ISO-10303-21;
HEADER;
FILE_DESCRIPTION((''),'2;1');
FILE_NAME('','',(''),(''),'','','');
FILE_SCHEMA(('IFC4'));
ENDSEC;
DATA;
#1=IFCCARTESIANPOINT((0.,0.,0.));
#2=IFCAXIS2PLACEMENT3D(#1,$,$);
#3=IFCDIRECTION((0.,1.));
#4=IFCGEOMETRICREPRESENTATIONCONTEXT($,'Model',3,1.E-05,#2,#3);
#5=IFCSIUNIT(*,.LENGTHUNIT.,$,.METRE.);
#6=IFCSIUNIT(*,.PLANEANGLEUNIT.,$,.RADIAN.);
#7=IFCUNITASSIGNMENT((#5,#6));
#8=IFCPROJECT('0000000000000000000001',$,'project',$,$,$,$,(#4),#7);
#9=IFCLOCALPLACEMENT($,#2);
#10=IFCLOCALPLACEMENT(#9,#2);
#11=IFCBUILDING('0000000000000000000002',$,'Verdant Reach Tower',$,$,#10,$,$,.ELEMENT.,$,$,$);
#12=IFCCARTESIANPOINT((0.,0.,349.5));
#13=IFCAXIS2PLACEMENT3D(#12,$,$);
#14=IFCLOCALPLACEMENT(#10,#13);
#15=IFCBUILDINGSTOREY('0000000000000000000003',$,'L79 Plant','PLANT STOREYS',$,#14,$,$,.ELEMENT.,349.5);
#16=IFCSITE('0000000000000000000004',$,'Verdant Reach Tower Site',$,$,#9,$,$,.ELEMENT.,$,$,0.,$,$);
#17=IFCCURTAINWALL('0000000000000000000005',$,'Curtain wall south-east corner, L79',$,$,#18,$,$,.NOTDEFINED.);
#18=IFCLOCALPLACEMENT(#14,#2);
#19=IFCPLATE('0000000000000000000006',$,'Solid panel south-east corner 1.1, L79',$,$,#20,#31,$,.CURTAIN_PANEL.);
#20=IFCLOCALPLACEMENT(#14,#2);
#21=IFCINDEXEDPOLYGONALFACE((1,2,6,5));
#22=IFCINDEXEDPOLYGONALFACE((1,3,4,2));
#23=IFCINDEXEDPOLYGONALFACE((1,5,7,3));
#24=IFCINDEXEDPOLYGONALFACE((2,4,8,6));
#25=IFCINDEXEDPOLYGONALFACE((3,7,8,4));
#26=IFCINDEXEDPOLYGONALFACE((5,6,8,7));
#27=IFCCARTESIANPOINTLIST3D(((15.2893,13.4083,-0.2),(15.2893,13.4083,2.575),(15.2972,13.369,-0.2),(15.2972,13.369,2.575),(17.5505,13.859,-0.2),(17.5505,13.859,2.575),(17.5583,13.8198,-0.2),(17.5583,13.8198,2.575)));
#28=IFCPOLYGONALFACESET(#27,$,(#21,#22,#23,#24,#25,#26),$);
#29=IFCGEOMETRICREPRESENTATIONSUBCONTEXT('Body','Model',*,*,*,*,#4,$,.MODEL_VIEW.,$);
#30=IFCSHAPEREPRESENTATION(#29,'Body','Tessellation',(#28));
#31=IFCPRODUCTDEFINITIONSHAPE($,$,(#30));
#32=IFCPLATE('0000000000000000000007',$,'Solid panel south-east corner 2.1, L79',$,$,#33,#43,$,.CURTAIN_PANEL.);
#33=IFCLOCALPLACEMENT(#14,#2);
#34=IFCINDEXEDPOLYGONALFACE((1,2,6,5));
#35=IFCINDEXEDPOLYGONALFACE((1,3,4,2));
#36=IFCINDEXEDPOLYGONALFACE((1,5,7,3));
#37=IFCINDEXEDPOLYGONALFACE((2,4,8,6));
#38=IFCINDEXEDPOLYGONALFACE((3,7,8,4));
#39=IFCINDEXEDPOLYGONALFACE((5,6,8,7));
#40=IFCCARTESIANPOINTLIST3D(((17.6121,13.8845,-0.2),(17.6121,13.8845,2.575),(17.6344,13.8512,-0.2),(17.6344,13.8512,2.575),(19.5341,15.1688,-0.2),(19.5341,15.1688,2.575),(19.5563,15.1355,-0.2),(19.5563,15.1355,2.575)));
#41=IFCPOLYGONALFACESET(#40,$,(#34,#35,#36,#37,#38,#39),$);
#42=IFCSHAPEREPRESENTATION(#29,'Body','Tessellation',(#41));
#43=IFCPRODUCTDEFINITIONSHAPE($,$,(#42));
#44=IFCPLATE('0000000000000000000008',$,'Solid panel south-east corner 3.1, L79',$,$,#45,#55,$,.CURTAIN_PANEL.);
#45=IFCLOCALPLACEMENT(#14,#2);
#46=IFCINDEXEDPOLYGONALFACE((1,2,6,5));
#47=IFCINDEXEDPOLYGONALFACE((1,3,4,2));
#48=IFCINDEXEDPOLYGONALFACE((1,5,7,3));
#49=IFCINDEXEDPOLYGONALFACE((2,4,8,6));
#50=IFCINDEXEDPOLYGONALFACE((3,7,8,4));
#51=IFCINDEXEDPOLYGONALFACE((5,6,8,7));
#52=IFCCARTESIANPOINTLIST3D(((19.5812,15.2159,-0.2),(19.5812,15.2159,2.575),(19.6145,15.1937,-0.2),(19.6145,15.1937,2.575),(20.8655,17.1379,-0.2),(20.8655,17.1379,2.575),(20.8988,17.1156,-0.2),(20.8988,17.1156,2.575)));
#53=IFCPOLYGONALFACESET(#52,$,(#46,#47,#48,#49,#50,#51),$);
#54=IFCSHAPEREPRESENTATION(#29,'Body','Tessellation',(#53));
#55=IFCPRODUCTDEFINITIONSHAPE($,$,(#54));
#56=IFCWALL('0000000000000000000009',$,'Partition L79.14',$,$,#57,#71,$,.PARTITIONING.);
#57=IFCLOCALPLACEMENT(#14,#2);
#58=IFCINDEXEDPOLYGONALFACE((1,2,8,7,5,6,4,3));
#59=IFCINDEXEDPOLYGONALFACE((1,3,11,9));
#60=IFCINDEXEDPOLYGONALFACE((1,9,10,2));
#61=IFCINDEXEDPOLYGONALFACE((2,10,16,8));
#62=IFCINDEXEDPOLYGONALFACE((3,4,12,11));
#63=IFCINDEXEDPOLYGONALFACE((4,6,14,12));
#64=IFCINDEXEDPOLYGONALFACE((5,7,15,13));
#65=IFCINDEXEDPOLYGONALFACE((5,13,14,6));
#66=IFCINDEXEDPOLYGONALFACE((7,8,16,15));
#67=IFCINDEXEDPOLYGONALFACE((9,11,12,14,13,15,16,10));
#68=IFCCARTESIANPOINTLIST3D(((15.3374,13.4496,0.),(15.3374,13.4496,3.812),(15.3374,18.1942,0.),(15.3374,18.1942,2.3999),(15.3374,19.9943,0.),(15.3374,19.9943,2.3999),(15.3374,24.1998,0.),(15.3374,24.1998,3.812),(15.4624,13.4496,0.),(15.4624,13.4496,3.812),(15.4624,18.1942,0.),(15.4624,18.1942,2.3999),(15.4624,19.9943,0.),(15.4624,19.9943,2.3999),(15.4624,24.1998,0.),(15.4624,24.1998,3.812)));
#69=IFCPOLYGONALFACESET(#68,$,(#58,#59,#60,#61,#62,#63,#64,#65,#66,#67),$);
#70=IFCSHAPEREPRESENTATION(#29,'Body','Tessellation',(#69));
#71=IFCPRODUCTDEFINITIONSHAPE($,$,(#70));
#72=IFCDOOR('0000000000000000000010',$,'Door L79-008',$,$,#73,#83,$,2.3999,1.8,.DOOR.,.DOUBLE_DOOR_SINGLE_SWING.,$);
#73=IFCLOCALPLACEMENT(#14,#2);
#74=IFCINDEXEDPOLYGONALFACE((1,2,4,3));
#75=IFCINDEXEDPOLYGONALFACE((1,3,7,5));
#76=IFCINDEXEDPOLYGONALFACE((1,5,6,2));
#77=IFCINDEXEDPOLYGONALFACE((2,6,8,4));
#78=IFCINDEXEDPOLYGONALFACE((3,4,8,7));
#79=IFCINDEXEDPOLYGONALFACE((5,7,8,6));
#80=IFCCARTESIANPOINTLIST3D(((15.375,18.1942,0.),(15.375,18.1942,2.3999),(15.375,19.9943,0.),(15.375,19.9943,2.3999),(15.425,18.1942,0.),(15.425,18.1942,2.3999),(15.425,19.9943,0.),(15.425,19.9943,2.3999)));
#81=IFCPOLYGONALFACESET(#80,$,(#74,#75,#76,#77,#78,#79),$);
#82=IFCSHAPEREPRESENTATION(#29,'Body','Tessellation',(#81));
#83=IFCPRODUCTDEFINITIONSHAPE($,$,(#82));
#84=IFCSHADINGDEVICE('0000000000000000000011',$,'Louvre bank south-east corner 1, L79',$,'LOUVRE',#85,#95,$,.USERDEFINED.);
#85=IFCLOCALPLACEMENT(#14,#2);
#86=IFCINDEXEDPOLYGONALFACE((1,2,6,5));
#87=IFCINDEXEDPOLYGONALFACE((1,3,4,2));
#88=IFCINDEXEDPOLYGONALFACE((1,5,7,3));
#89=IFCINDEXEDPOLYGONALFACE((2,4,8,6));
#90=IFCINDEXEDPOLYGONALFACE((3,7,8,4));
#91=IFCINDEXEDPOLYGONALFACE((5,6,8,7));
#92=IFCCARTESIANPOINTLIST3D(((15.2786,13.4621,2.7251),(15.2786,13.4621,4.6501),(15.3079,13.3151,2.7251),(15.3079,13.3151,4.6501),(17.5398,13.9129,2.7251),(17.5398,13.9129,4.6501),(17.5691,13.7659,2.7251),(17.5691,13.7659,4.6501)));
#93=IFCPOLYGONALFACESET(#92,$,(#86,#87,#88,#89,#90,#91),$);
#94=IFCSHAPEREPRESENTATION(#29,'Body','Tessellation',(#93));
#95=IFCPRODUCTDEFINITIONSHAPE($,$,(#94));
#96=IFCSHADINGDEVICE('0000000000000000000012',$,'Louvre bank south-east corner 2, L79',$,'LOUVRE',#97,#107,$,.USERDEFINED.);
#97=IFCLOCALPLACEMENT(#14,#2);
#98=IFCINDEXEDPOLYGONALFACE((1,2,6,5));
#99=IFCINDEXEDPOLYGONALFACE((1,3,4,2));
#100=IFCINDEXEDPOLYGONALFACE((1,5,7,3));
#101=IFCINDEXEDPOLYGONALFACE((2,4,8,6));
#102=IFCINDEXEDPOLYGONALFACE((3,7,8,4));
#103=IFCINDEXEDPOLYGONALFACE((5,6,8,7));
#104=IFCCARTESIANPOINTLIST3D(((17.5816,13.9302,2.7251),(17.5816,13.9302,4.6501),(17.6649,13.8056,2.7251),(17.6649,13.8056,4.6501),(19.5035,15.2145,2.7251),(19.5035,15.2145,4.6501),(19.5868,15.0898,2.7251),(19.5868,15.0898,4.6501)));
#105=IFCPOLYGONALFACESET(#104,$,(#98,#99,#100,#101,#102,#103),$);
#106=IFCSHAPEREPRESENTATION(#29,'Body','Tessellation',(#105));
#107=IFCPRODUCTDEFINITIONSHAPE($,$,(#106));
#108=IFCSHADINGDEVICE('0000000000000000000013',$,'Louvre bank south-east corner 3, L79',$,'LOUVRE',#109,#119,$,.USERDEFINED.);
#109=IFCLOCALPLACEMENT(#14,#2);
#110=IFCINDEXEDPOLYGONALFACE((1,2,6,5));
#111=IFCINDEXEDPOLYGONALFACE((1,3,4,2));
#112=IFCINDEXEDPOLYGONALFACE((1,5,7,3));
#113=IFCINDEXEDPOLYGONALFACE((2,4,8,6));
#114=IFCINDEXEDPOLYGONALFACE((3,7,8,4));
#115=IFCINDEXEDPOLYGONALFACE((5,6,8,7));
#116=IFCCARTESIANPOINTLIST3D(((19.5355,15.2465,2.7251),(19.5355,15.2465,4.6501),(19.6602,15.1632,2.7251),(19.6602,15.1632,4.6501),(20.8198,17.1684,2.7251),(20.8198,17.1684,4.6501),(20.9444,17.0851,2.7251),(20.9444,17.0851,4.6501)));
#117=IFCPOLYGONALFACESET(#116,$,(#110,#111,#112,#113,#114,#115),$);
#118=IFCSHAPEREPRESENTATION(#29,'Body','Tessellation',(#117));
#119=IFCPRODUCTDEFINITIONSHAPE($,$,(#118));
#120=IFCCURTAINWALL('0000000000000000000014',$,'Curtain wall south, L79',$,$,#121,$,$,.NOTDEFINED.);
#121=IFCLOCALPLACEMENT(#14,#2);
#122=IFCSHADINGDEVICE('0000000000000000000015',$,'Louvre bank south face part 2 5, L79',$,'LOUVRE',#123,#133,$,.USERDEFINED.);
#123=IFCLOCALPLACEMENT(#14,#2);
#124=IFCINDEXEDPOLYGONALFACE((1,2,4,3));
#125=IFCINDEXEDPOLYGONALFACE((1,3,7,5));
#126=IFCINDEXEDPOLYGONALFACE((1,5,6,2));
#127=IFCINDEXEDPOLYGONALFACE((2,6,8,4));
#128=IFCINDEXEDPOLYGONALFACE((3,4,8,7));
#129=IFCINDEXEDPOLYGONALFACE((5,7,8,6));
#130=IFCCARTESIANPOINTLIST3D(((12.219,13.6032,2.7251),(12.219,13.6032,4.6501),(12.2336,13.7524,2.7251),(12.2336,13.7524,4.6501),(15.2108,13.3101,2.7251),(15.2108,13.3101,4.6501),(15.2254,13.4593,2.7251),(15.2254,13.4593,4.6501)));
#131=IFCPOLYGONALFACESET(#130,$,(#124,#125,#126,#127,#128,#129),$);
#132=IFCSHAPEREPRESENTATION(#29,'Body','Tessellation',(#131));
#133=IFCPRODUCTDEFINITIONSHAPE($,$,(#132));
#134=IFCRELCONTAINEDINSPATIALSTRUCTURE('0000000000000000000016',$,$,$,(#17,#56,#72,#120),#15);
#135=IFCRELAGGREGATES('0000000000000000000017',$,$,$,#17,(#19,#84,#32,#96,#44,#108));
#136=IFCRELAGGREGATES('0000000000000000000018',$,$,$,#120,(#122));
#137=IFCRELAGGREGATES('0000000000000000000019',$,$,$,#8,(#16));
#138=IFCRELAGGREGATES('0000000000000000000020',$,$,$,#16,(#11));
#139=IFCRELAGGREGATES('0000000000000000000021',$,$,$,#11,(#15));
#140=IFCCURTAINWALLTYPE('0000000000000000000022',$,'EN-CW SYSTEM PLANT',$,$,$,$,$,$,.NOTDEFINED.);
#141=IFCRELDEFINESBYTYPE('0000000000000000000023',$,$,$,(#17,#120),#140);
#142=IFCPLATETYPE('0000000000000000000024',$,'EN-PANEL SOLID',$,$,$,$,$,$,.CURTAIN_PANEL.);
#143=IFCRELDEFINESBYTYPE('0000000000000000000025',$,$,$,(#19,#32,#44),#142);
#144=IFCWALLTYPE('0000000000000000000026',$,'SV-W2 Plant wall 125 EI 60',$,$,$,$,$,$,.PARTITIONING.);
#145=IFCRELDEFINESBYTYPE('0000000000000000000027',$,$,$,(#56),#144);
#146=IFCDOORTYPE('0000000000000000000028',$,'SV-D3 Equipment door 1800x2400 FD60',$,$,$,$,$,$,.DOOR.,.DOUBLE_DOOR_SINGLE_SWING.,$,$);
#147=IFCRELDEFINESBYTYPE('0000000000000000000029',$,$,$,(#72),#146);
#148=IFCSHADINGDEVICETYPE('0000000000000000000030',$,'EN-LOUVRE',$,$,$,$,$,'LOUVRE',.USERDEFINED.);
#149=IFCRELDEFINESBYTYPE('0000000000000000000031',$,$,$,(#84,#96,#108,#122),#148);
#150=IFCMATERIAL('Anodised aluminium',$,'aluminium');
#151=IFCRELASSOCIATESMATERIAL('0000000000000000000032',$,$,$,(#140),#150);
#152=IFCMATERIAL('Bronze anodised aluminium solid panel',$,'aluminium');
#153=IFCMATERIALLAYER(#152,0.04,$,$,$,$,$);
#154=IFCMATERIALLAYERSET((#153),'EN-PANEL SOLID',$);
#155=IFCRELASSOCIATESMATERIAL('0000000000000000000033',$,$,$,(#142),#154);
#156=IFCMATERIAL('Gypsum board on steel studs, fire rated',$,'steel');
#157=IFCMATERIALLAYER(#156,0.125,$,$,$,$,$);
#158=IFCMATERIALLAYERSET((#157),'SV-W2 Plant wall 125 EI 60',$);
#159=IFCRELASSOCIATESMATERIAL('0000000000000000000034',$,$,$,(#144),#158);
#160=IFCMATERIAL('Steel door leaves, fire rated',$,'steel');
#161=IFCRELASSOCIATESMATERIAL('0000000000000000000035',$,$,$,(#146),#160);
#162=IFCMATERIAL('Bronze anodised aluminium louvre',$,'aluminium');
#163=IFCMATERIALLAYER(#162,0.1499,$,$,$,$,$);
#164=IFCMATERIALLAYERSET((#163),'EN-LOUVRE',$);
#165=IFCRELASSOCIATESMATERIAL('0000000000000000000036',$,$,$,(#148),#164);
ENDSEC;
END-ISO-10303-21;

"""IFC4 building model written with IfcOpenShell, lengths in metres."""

from ifc_helpers import new_model, si_unit, direction, frame, frame_2d, origin, origin_2d, place, context, subcontext, project, spatial, rectangle, extrude, material, layer, layer_set, type_object, element, fill, aggregate, save


model = new_model("IFC4")

# Units and contexts
model_context = context("Model", 3, precision=1e-05, world=origin(), true_north=direction((0.0, 1.0)))
body_context = subcontext(model_context, "Body", "Model", "MODEL_VIEW")
ifc_project = project(units=[si_unit("LENGTHUNIT", "METRE"), si_unit("PLANEANGLEUNIT", "RADIAN")], contexts=[model_context])

# Site, building, storey
site_placement = place(None, origin())
site = spatial("IfcSite", under=ifc_project, at=site_placement, Name="Verdant Reach Tower Site", CompositionType="ELEMENT", RefElevation=0.0)
building_placement = place(site_placement, origin())
building = spatial("IfcBuilding", under=site, at=building_placement, Name="Verdant Reach Tower", CompositionType="ELEMENT")
storey_placement = place(building_placement, frame((0.0, 0.0, 349.5)))
storey = spatial("IfcBuildingStorey", under=building, at=storey_placement, Name="L79 Plant", Description="PLANT STOREYS", CompositionType="ELEMENT", Elevation=349.5)

# Curtain wall
ifc_material_1 = material(Name="Anodised aluminium", Category="aluminium")
curtain_wall_type = type_object("IfcCurtainWallType", Name="EN-CW SYSTEM PLANT", PredefinedType="NOTDEFINED", material=ifc_material_1)
curtain_wall_1_placement = place(storey_placement, origin())
curtain_wall_1 = element("IfcCurtainWall", 1, at=curtain_wall_1_placement, inside=storey, type_object=curtain_wall_type, Name="Curtain wall south-east corner, L79", PredefinedType="NOTDEFINED")

# Plates
ifc_material_2 = material(Name="Bronze anodised aluminium solid panel", Category="aluminium")
ifc_layer_1 = layer(ifc_material_2, 0.04)
ifc_layer_set_1 = layer_set([ifc_layer_1], Name="EN-PANEL SOLID")
plate_type = type_object("IfcPlateType", Name="EN-PANEL SOLID", PredefinedType="CURTAIN_PANEL", material=ifc_layer_set_1)
plate_1_placement = place(storey_placement, frame((16.4238, 13.614, -0.2), z_axis=(0.0, 0.0, 1.0), x_axis=(0.980705, 0.195493, 0.0)))
plate_1 = element("IfcPlate", 2, at=plate_1_placement, type_object=plate_type, Name="Solid panel south-east corner 1.1, L79", PredefinedType="CURTAIN_PANEL", context=body_context, shape_type="SweptSolid", body=[
    extrude(rectangle(XDim=2.3057, YDim=0.04, at=origin_2d()), origin(), (0.0, 0.0, 1.0), 2.7749),
])
plate_2_placement = place(storey_placement, frame((18.5842, 14.51, -0.2), z_axis=(0.0, 0.0, 1.0), x_axis=(0.831452, 0.555596, 0.0)))
plate_2 = element("IfcPlate", 3, at=plate_2_placement, type_object=plate_type, Name="Solid panel south-east corner 2.1, L79", PredefinedType="CURTAIN_PANEL", context=body_context, shape_type="SweptSolid", body=[
    extrude(rectangle(XDim=2.3115, YDim=0.04, at=origin_2d()), origin(), (0.0, 0.0, 1.0), 2.7749),
])
plate_3_placement = place(storey_placement, frame((20.24, 16.1658, -0.2), z_axis=(0.0, 0.0, 1.0), x_axis=(0.555596, 0.831452, 0.0)))
plate_3 = element("IfcPlate", 4, at=plate_3_placement, type_object=plate_type, Name="Solid panel south-east corner 3.1, L79", PredefinedType="CURTAIN_PANEL", context=body_context, shape_type="SweptSolid", body=[
    extrude(rectangle(XDim=2.3115, YDim=0.04, at=origin_2d()), origin(), (0.0, 0.0, 1.0), 2.7749),
])

# Wall, opening, door
ifc_material_3 = material(Name="Gypsum board on steel studs, fire rated", Category="steel")
ifc_layer_2 = layer(ifc_material_3, 0.125)
ifc_layer_set_2 = layer_set([ifc_layer_2], Name="SV-W2 Plant wall 125 EI 60")
wall_type = type_object("IfcWallType", Name="SV-W2 Plant wall 125 EI 60", PredefinedType="PARTITIONING", material=ifc_layer_set_2)
wall_placement = place(storey_placement, frame((15.3999, 13.4497, 0.0), z_axis=(0.0, 0.0, 1.0), x_axis=(0.0, 1.0, 0.0)))
wall = element("IfcWall", 5, at=wall_placement, inside=storey, type_object=wall_type, Name="Partition L79.14", PredefinedType="PARTITIONING", context=body_context, shape_type="SweptSolid", body=[
    extrude(rectangle(XDim=10.7502, YDim=0.125, at=frame_2d((5.375, 0.0))), origin(), (0.0, 0.0, 1.0), 3.812),
])
opening_placement = place(wall_placement, frame((4.7446, 0.0, 0.0)))
opening = element("IfcOpeningElement", 6, at=opening_placement, cuts=wall, PredefinedType="OPENING", context=body_context, shape_type="SweptSolid", body=[
    extrude(rectangle(XDim=1.8, YDim=2.3999, at=frame_2d((0.8999, 1.2))), frame((0.0, 0.0725, 0.0), z_axis=(0.0, -1.0, 0.0), x_axis=(1.0, 0.0, 0.0)), (0.0, 0.0, 1.0), 0.145),
])
ifc_material_4 = material(Name="Steel door leaves, fire rated", Category="steel")
door_type = type_object("IfcDoorType", Name="SV-D3 Equipment door 1800x2400 FD60", OperationType="DOUBLE_DOOR_SINGLE_SWING", PredefinedType="DOOR", material=ifc_material_4)
door_placement = place(opening_placement, origin())
door = element("IfcDoor", 7, at=door_placement, inside=storey, type_object=door_type, Name="Door L79-008", OperationType="DOUBLE_DOOR_SINGLE_SWING", OverallHeight=2.3999, OverallWidth=1.8, PredefinedType="DOOR", context=body_context, shape_type="SweptSolid", body=[
    extrude(rectangle(XDim=1.8, YDim=2.3999, at=frame_2d((0.8999, 1.2))), frame((0.0, 0.0249, 0.0), z_axis=(0.0, -1.0, 0.0), x_axis=(1.0, 0.0, 0.0)), (0.0, 0.0, 1.0), 0.05),
])
fill(opening, door)

# Shading devices
ifc_material_5 = material(Name="Bronze anodised aluminium louvre", Category="aluminium")
ifc_layer_3 = layer(ifc_material_5, 0.1499)
ifc_layer_set_3 = layer_set([ifc_layer_3], Name="EN-LOUVRE")
shading_device_type = type_object("IfcShadingDeviceType", Name="EN-LOUVRE", ElementType="LOUVRE", PredefinedType="USERDEFINED", material=ifc_layer_set_3)
shading_device_1_placement = place(storey_placement, frame((16.4238, 13.614, 2.7251), z_axis=(0.0, 0.0, 1.0), x_axis=(0.980705, 0.195493, 0.0)))
shading_device_1 = element("IfcShadingDevice", 8, at=shading_device_1_placement, type_object=shading_device_type, Name="Louvre bank south-east corner 1, L79", ObjectType="LOUVRE", PredefinedType="USERDEFINED", context=body_context, shape_type="SweptSolid", body=[
    extrude(rectangle(XDim=2.3057, YDim=0.1499, at=origin_2d()), origin(), (0.0, 0.0, 1.0), 1.925),
])
shading_device_2_placement = place(storey_placement, frame((18.5842, 14.51, 2.7251), z_axis=(0.0, 0.0, 1.0), x_axis=(0.831452, 0.555596, 0.0)))
shading_device_2 = element("IfcShadingDevice", 9, at=shading_device_2_placement, type_object=shading_device_type, Name="Louvre bank south-east corner 2, L79", ObjectType="LOUVRE", PredefinedType="USERDEFINED", context=body_context, shape_type="SweptSolid", body=[
    extrude(rectangle(XDim=2.3115, YDim=0.1499, at=origin_2d()), origin(), (0.0, 0.0, 1.0), 1.925),
])
shading_device_3_placement = place(storey_placement, frame((20.24, 16.1658, 2.7251), z_axis=(0.0, 0.0, 1.0), x_axis=(0.555596, 0.831452, 0.0)))
shading_device_3 = element("IfcShadingDevice", 10, at=shading_device_3_placement, type_object=shading_device_type, Name="Louvre bank south-east corner 3, L79", ObjectType="LOUVRE", PredefinedType="USERDEFINED", context=body_context, shape_type="SweptSolid", body=[
    extrude(rectangle(XDim=2.3115, YDim=0.1499, at=origin_2d()), origin(), (0.0, 0.0, 1.0), 1.925),
])
aggregate(curtain_wall_1, [plate_1, shading_device_1, plate_2, shading_device_2, plate_3, shading_device_3])

# Curtain wall, shading device
curtain_wall_2_placement = place(storey_placement, origin())
curtain_wall_2 = element("IfcCurtainWall", 11, at=curtain_wall_2_placement, inside=storey, type_object=curtain_wall_type, Name="Curtain wall south, L79", PredefinedType="NOTDEFINED")
shading_device_4_placement = place(storey_placement, frame((13.7222, 13.5312, 2.7251), z_axis=(0.0, 0.0, 1.0), x_axis=(0.995238, -0.097473, 0.0)))
shading_device_4 = element("IfcShadingDevice", 12, at=shading_device_4_placement, type_object=shading_device_type, Name="Louvre bank south face part 2 5, L79", ObjectType="LOUVRE", PredefinedType="USERDEFINED", context=body_context, shape_type="SweptSolid", body=[
    extrude(rectangle(XDim=3.0061, YDim=0.1499, at=origin_2d()), origin(), (0.0, 0.0, 1.0), 1.925),
])
aggregate(curtain_wall_2, [shading_device_4])

save(model, "model.ifc")
